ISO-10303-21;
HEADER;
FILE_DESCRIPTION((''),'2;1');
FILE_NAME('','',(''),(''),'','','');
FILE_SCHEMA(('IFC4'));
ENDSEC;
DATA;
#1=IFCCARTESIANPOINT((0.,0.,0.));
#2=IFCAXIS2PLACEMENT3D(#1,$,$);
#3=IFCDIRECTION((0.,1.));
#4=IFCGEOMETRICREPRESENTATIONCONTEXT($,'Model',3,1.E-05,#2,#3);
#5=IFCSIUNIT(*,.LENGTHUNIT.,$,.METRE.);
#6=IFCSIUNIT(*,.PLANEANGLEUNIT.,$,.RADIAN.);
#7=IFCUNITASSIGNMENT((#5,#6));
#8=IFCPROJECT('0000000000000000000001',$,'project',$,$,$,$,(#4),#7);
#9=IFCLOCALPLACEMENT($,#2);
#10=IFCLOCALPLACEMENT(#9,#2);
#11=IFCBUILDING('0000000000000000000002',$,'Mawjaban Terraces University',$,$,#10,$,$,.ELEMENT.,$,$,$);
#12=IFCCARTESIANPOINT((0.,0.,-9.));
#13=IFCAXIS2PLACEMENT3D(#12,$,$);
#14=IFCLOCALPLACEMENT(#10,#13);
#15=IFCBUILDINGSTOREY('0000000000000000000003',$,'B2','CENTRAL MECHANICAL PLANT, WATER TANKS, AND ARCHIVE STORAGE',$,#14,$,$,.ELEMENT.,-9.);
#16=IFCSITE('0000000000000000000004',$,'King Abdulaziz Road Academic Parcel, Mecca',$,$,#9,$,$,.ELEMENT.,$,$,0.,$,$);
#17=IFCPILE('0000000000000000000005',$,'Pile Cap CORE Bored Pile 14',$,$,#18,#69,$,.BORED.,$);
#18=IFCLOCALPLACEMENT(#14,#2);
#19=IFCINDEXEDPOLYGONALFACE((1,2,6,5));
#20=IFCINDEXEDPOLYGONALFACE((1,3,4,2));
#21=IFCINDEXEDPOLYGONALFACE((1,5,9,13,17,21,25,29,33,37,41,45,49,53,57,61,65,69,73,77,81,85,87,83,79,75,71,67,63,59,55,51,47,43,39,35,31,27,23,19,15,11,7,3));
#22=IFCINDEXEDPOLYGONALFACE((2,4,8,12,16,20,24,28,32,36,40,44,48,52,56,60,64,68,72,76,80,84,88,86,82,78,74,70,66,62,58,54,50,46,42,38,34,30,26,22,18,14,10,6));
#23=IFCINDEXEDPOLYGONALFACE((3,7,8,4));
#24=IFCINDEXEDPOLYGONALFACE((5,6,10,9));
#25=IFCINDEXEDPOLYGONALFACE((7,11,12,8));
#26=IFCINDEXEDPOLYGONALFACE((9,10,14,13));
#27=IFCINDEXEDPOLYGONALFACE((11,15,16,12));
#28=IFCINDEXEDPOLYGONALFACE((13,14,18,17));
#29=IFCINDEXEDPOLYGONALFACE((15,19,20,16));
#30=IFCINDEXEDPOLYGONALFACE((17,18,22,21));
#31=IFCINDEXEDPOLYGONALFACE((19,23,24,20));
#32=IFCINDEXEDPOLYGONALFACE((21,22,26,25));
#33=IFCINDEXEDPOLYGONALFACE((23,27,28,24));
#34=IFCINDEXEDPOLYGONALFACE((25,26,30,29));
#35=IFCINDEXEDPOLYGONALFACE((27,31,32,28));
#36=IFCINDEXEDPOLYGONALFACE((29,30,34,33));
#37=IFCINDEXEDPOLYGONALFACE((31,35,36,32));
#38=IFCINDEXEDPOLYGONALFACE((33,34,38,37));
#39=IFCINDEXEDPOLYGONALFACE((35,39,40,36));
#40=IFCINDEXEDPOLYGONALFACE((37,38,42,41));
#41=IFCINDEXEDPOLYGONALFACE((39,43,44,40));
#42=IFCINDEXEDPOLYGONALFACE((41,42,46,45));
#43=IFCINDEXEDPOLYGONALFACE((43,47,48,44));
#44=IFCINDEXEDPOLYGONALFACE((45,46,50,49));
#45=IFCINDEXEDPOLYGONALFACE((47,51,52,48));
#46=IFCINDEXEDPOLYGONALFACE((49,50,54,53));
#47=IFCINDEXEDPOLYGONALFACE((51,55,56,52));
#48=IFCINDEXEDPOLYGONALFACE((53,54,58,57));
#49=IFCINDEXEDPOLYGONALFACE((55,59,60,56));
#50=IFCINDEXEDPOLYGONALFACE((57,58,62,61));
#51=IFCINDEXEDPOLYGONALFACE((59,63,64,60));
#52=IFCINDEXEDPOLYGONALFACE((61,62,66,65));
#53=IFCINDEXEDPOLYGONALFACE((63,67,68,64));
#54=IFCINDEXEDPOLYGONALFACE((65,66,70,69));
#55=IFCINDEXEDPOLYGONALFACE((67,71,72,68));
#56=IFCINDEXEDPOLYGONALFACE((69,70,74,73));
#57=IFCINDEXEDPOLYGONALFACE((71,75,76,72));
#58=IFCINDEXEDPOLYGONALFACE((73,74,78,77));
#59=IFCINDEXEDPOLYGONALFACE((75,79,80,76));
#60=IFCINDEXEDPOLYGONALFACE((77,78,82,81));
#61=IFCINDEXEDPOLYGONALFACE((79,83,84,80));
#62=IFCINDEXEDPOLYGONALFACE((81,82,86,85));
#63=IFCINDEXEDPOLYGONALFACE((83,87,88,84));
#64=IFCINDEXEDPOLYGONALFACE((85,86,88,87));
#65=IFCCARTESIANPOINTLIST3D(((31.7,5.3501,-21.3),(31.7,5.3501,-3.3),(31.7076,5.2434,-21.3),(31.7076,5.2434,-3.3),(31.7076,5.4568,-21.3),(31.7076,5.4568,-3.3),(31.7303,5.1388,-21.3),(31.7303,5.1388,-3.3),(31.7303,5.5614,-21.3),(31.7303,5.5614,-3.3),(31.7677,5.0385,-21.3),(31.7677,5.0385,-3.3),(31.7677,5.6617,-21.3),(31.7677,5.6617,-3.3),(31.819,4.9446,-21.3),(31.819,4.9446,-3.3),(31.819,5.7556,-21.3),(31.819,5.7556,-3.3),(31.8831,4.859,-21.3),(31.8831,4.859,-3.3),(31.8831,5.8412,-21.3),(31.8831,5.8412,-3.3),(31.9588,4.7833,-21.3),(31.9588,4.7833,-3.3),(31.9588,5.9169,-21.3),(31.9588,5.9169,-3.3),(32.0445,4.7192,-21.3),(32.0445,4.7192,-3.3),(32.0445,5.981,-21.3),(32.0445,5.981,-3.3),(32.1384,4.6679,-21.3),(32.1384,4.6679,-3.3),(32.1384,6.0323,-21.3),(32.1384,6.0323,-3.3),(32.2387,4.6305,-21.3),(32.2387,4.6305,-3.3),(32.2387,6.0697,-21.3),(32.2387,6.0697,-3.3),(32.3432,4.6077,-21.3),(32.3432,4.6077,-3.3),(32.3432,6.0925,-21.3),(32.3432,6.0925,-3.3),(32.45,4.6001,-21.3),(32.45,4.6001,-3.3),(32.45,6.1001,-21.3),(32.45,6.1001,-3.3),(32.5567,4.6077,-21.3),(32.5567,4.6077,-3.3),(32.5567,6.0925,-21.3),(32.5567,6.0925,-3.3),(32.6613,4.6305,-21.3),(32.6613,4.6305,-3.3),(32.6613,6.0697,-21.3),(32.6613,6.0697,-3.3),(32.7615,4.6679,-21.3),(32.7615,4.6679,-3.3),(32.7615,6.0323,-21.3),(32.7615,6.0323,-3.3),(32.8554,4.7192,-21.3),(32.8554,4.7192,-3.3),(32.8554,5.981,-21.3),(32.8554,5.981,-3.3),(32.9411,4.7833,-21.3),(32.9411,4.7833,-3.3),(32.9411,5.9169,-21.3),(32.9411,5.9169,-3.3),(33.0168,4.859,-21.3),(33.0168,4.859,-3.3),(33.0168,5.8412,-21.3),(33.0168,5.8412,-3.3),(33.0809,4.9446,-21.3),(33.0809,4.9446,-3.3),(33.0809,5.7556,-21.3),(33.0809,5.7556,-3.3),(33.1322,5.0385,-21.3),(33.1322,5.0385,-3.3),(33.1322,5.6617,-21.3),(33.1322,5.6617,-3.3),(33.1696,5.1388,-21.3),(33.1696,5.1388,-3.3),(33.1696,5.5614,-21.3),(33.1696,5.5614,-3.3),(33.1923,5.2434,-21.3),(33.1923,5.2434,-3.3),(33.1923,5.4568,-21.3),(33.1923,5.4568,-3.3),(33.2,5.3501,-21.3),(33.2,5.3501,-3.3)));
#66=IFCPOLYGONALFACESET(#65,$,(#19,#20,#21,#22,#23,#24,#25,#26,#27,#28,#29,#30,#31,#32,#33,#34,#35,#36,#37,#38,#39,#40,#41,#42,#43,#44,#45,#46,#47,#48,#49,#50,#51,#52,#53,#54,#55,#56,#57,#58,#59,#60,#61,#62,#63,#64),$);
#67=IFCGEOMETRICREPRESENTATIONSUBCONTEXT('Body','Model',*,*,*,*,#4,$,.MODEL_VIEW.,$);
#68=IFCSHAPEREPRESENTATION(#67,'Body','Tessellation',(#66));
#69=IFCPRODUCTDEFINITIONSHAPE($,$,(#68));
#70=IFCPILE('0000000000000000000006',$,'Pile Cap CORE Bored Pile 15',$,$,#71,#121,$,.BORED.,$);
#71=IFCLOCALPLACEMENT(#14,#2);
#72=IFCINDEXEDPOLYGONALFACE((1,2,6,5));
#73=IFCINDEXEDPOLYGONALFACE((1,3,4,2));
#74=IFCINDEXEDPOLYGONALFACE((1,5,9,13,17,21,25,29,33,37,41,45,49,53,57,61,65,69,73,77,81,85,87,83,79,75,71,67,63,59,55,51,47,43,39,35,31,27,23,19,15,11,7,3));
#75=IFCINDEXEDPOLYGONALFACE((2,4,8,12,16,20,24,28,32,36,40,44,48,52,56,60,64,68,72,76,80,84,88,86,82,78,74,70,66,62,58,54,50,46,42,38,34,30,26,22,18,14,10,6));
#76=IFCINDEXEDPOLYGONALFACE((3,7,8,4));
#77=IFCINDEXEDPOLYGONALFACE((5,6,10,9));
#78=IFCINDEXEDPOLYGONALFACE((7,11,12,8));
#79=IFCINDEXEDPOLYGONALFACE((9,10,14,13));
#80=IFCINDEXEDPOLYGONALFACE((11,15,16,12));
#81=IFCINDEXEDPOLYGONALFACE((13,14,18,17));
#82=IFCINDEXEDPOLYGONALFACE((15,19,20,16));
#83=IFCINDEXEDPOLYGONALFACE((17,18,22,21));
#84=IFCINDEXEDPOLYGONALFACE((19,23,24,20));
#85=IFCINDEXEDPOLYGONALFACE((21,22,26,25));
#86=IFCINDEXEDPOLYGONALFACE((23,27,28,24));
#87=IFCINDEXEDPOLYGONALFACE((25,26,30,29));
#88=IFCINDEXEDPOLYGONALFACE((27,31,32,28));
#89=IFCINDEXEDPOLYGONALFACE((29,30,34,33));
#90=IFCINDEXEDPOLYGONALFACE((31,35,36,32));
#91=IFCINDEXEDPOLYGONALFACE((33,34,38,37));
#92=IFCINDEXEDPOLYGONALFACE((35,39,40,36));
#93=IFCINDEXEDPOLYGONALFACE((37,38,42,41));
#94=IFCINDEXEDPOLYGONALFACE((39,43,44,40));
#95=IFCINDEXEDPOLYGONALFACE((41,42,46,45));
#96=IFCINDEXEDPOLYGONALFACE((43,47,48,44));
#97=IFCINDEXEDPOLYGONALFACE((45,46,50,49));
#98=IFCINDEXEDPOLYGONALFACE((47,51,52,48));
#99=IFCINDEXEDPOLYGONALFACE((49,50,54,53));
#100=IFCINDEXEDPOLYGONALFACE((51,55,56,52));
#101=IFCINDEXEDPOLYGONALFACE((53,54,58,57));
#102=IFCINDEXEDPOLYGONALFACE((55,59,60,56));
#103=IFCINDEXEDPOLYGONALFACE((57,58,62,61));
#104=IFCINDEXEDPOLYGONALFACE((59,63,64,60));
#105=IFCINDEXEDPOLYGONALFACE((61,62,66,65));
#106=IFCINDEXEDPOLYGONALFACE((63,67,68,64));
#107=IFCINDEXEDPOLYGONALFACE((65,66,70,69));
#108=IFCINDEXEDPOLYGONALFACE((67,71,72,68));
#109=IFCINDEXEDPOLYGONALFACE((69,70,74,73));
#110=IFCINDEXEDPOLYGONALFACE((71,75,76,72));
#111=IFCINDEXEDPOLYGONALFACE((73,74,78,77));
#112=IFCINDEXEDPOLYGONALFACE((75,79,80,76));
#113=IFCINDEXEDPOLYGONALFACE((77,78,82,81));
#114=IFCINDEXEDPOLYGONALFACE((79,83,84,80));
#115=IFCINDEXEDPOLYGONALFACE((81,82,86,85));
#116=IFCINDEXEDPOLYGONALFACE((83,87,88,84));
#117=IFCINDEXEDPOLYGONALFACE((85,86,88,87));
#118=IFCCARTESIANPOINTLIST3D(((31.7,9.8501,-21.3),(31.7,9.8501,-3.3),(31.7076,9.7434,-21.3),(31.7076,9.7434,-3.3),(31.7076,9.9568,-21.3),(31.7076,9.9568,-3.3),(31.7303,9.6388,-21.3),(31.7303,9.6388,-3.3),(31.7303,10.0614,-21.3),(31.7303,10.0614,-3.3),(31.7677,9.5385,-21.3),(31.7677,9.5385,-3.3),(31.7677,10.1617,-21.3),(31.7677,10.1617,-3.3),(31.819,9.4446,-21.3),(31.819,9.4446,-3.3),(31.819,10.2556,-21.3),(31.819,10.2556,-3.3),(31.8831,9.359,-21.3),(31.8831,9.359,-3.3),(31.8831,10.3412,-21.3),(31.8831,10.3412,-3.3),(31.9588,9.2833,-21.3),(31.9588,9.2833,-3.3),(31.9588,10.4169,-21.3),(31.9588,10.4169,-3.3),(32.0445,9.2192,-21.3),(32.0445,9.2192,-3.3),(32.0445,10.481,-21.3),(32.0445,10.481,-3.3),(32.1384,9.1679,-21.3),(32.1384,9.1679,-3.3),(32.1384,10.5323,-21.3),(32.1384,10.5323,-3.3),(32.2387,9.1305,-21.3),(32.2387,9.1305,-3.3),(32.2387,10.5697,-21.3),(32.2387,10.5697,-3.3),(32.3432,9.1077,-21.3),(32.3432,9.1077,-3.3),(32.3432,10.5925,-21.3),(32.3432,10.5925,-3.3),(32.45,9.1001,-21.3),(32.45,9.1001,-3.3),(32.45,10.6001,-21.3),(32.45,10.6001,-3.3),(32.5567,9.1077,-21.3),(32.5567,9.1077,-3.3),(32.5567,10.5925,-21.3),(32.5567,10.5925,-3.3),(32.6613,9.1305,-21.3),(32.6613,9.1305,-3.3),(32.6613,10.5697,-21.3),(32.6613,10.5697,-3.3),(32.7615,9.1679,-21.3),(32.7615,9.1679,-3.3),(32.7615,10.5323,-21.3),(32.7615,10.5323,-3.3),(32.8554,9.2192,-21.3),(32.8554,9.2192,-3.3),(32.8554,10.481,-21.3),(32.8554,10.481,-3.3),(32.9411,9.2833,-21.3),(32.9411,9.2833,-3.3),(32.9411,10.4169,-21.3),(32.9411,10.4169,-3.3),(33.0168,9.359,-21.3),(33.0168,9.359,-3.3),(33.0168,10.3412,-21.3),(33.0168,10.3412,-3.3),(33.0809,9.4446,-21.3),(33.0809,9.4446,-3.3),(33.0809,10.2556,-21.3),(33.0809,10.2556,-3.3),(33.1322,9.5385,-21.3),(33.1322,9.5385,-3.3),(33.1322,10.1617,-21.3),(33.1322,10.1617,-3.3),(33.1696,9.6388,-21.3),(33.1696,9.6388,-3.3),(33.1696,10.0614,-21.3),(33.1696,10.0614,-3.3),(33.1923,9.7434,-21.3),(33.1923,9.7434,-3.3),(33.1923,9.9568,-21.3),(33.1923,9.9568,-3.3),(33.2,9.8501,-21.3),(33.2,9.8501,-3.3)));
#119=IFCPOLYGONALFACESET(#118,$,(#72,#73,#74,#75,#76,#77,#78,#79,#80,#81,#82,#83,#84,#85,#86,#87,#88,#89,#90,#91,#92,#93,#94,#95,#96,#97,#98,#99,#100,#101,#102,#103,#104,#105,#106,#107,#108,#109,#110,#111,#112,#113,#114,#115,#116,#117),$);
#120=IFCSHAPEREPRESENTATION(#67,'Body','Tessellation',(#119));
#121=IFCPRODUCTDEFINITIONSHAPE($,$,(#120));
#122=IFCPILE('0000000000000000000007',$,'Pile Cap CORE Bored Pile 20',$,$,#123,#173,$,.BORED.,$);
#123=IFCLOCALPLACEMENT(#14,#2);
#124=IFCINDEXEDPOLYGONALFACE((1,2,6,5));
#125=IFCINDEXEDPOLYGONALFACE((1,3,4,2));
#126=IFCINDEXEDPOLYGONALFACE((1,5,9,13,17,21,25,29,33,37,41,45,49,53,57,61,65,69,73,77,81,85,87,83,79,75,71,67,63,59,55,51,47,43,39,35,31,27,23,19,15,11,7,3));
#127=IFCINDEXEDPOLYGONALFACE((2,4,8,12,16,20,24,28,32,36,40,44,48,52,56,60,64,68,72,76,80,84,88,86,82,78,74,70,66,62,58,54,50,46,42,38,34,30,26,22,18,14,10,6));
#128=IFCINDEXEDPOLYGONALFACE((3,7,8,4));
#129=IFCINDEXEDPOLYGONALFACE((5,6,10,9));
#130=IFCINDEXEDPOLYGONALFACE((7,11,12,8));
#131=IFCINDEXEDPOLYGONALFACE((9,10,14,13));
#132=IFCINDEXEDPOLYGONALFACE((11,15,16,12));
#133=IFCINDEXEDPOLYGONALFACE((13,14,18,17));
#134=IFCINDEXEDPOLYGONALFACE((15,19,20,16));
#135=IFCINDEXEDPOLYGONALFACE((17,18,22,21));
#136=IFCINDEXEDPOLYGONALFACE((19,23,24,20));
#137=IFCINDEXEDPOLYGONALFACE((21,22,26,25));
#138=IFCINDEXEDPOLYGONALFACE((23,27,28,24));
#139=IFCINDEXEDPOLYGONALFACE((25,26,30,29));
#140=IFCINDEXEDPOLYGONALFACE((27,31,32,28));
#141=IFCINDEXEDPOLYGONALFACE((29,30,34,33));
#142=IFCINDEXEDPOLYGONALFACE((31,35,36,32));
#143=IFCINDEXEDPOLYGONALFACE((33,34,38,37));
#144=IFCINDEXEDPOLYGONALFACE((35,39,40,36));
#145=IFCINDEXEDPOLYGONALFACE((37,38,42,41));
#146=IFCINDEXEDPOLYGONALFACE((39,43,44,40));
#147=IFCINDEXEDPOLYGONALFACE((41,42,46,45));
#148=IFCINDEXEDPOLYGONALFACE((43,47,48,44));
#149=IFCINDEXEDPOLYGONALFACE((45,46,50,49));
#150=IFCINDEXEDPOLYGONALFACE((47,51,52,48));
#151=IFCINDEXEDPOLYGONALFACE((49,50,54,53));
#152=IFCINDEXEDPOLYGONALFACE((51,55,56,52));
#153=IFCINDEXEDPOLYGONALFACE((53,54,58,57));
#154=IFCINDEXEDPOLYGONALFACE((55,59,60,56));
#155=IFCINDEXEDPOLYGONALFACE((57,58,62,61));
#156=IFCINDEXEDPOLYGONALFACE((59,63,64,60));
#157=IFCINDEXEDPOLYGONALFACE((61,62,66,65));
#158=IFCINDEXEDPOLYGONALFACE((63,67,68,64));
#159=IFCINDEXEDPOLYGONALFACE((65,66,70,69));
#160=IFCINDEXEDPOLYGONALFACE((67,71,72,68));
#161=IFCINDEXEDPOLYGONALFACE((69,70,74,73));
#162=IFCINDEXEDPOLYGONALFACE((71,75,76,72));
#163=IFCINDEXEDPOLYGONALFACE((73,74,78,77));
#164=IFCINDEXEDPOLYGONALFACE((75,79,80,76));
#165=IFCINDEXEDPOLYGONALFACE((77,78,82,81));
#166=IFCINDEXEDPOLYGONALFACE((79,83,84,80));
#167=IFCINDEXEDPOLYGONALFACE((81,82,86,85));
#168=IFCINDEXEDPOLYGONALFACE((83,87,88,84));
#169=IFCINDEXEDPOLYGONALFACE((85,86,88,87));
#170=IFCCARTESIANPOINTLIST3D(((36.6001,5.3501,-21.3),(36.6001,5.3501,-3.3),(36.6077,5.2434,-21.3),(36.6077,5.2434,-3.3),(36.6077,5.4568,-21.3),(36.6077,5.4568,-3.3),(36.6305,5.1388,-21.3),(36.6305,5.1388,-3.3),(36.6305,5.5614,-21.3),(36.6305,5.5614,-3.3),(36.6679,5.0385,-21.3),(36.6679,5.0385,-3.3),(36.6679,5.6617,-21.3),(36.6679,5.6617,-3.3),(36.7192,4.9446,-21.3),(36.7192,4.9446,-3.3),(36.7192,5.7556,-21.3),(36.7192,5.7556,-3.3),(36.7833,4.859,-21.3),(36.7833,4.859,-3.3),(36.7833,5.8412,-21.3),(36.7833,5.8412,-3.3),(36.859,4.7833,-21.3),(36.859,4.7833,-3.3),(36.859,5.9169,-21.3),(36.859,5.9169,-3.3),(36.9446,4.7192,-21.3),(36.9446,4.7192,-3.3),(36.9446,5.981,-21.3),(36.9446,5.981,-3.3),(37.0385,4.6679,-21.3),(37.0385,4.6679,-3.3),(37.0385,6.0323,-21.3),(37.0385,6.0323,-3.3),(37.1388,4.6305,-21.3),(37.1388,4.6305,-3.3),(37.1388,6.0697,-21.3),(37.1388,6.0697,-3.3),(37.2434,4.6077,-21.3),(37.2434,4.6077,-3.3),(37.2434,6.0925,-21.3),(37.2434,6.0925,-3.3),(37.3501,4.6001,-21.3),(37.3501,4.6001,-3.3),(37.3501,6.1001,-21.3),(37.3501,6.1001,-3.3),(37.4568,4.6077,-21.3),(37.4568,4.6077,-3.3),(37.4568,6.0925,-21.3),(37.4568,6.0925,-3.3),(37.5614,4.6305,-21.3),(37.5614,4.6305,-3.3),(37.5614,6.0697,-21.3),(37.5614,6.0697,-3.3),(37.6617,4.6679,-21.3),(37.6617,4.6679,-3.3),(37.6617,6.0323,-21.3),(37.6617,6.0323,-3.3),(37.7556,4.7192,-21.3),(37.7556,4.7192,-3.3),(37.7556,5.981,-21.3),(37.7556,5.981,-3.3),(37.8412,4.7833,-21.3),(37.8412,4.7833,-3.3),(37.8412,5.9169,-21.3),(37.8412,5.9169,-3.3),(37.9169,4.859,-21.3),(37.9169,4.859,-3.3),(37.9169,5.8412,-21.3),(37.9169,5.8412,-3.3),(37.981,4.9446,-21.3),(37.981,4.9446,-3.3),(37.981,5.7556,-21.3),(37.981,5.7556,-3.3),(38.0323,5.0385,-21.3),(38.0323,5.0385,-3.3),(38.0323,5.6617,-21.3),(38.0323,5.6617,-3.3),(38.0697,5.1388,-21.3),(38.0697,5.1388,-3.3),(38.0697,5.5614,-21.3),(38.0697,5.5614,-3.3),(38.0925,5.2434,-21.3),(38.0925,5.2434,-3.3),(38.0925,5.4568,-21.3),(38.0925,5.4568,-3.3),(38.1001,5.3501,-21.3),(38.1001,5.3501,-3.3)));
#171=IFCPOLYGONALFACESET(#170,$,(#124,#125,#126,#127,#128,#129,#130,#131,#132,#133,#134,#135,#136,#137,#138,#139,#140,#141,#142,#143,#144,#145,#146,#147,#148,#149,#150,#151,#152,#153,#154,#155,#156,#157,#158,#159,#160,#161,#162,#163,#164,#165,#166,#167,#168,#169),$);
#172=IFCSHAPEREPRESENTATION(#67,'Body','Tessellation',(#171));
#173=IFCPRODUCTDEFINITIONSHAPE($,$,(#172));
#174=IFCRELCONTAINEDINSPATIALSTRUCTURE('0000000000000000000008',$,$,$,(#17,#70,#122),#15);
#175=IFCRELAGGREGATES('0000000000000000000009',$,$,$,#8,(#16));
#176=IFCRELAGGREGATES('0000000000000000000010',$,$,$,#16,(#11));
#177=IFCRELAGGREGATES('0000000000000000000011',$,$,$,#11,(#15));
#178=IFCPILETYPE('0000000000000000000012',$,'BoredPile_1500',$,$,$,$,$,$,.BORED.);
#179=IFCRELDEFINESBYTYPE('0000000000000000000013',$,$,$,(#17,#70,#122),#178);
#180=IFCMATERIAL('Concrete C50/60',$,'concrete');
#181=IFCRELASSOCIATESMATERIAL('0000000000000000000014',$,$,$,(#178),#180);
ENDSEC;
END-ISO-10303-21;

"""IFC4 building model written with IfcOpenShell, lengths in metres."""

from ifc_helpers import new_model, si_unit, direction, frame, origin, origin_2d, place, context, subcontext, project, spatial, circle, extrude, material, material_profile, profile_set, type_object, element, save


model = new_model("IFC4")

# Units and contexts
model_context = context("Model", 3, precision=1e-05, world=origin(), true_north=direction((0.0, 1.0)))
body_context = subcontext(model_context, "Body", "Model", "MODEL_VIEW")
ifc_project = project(units=[si_unit("LENGTHUNIT", "METRE"), si_unit("PLANEANGLEUNIT", "RADIAN")], contexts=[model_context])

# Site, building, storey
site_placement = place(None, origin())
site = spatial("IfcSite", under=ifc_project, at=site_placement, Name="King Abdulaziz Road Academic Parcel, Mecca", CompositionType="ELEMENT", RefElevation=0.0)
building_placement = place(site_placement, origin())
building = spatial("IfcBuilding", under=site, at=building_placement, Name="Mawjaban Terraces University", CompositionType="ELEMENT")
storey_placement = place(building_placement, frame((0.0, 0.0, -9.0)))
storey = spatial("IfcBuildingStorey", under=building, at=storey_placement, Name="B2", Description="CENTRAL MECHANICAL PLANT, WATER TANKS, AND ARCHIVE STORAGE", CompositionType="ELEMENT", Elevation=-9.0)

# Piles
ifc_material_1 = material(Name="Concrete C50/60", Category="concrete")
ifc_material_profile_1 = material_profile(ifc_material_1, circle(Radius=0.75, at=origin_2d()), Name="PILE1500")
ifc_profile_set_1 = profile_set([ifc_material_profile_1], Name="Concrete C50/60")
pile_type = type_object("IfcPileType", Name="BoredPile_1500", PredefinedType="BORED", material=ifc_profile_set_1)
for number, where, z_axis, x_axis, name in (
    (1, (32.45, 5.3501, -3.3), (0.0, 0.0, -1.0), (1.0, 0.0, 0.0), "Pile Cap CORE Bored Pile 14"),
    (2, (32.45, 9.8501, -3.3), (0.0, 0.0, -1.0), (1.0, 0.0, 0.0), "Pile Cap CORE Bored Pile 15"),
    (3, (37.3501, 5.3501, -3.3), (0.0, 0.0, -1.0), (1.0, 0.0, 0.0), "Pile Cap CORE Bored Pile 20"),
):
    element("IfcPile", number, at=place(storey_placement, frame(where, z_axis=z_axis, x_axis=x_axis)), inside=storey, type_object=pile_type, Name=name, PredefinedType="BORED", context=body_context, shape_type="SweptSolid", body=[
        extrude(circle(Radius=0.75, at=origin_2d()), origin(), (0.0, 0.0, 1.0), 18.0),
    ])

save(model, "model.ifc")
